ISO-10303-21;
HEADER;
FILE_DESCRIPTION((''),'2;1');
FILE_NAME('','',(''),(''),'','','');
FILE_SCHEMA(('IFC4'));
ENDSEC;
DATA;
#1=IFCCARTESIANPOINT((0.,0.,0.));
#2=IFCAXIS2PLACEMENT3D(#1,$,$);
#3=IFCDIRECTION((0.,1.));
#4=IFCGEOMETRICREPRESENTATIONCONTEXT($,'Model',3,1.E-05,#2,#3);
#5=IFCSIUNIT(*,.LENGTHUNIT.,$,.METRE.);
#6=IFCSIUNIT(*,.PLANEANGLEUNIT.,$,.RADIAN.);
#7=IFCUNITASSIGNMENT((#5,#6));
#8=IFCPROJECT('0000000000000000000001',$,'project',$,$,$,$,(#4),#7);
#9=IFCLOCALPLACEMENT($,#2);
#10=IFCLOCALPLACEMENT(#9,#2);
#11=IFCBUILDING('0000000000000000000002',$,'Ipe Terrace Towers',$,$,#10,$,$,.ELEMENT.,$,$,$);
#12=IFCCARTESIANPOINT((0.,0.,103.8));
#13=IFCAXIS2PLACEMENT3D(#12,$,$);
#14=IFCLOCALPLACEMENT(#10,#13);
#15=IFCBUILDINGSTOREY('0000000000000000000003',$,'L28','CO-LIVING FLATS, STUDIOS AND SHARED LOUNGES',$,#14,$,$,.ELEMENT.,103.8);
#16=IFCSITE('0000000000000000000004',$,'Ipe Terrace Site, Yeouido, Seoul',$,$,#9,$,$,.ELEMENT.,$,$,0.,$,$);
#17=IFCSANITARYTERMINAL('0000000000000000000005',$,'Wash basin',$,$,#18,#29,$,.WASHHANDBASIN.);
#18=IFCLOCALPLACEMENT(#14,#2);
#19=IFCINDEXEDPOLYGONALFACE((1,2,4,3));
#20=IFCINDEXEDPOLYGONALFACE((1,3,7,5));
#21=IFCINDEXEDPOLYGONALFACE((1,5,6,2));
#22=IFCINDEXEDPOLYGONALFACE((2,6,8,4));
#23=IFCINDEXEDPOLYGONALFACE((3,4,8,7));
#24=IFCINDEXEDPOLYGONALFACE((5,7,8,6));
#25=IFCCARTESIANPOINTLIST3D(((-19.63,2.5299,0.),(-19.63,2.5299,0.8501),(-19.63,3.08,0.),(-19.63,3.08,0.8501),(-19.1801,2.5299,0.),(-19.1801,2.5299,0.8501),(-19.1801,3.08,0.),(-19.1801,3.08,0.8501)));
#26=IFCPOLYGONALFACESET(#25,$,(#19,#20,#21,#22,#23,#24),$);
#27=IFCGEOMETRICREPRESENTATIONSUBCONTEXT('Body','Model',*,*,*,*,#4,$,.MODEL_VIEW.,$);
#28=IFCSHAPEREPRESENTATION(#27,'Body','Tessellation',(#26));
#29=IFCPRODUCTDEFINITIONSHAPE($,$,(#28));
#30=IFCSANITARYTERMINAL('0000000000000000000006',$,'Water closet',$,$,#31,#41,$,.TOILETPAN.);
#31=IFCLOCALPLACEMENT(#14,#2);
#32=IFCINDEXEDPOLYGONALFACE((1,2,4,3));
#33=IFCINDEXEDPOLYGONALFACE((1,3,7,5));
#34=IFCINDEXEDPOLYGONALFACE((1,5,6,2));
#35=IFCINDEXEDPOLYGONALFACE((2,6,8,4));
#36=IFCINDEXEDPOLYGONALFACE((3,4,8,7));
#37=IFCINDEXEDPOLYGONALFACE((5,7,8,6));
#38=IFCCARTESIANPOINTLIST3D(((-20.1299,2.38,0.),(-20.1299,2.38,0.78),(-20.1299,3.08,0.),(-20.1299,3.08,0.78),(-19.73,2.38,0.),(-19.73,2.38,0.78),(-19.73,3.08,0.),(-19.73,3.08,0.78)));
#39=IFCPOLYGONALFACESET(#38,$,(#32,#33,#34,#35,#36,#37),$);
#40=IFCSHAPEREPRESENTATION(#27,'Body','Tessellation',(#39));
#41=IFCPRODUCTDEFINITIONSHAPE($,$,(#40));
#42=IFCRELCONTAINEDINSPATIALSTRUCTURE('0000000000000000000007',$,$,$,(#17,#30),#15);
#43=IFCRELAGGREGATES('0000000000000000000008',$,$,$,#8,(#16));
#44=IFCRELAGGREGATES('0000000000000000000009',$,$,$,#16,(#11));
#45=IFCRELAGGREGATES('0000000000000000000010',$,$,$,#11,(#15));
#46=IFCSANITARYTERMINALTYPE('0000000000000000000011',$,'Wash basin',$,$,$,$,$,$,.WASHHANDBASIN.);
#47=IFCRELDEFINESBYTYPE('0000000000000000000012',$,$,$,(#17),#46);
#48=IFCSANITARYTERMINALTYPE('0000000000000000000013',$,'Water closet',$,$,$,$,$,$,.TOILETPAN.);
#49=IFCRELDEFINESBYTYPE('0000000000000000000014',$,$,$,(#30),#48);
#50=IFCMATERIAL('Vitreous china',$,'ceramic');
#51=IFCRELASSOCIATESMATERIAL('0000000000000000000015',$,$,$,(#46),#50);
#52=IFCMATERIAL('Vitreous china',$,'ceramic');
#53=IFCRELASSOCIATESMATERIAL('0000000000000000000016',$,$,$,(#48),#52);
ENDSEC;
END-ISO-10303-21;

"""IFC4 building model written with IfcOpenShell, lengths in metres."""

from ifc_helpers import new_model, si_unit, direction, frame, origin, origin_2d, place, context, subcontext, project, spatial, rectangle, extrude, material, type_object, element, save


model = new_model("IFC4")

# Units and contexts
model_context = context("Model", 3, precision=1e-05, world=origin(), true_north=direction((0.0, 1.0)))
body_context = subcontext(model_context, "Body", "Model", "MODEL_VIEW")
ifc_project = project(units=[si_unit("LENGTHUNIT", "METRE"), si_unit("PLANEANGLEUNIT", "RADIAN")], contexts=[model_context])

# Site, building, storey
site_placement = place(None, origin())
site = spatial("IfcSite", under=ifc_project, at=site_placement, Name="Ipe Terrace Site, Yeouido, Seoul", CompositionType="ELEMENT", RefElevation=0.0)
building_placement = place(site_placement, origin())
building = spatial("IfcBuilding", under=site, at=building_placement, Name="Ipe Terrace Towers", CompositionType="ELEMENT")
storey_placement = place(building_placement, frame((0.0, 0.0, 103.8)))
storey = spatial("IfcBuildingStorey", under=building, at=storey_placement, Name="L28", Description="CO-LIVING FLATS, STUDIOS AND SHARED LOUNGES", CompositionType="ELEMENT", Elevation=103.8)

# Sanitary terminals
ifc_material_1 = material(Name="Vitreous china", Category="ceramic")
sanitary_terminal_type_1 = type_object("IfcSanitaryTerminalType", Name="Wash basin", PredefinedType="WASHHANDBASIN", material=ifc_material_1)
sanitary_terminal_1_placement = place(storey_placement, frame((-19.405, 2.8049, 0.0), z_axis=(0.0, 0.0, 1.0), x_axis=(0.0, -1.0, 0.0)))
element("IfcSanitaryTerminal", 1, at=sanitary_terminal_1_placement, inside=storey, type_object=sanitary_terminal_type_1, Name="Wash basin", PredefinedType="WASHHANDBASIN", context=body_context, shape_type="SweptSolid", body=[
    extrude(rectangle(XDim=0.55, YDim=0.45, at=origin_2d()), origin(), (0.0, 0.0, 1.0), 0.8501),
])
ifc_material_2 = material(Name="Vitreous china", Category="ceramic")
sanitary_terminal_type_2 = type_object("IfcSanitaryTerminalType", Name="Water closet", PredefinedType="TOILETPAN", material=ifc_material_2)
sanitary_terminal_2_placement = place(storey_placement, frame((-19.9299, 2.73, 0.0), z_axis=(0.0, 0.0, 1.0), x_axis=(0.0, -1.0, 0.0)))
element("IfcSanitaryTerminal", 2, at=sanitary_terminal_2_placement, inside=storey, type_object=sanitary_terminal_type_2, Name="Water closet", PredefinedType="TOILETPAN", context=body_context, shape_type="SweptSolid", body=[
    extrude(rectangle(XDim=0.7, YDim=0.3999, at=origin_2d()), origin(), (0.0, 0.0, 1.0), 0.78),
])

save(model, "model.ifc")
